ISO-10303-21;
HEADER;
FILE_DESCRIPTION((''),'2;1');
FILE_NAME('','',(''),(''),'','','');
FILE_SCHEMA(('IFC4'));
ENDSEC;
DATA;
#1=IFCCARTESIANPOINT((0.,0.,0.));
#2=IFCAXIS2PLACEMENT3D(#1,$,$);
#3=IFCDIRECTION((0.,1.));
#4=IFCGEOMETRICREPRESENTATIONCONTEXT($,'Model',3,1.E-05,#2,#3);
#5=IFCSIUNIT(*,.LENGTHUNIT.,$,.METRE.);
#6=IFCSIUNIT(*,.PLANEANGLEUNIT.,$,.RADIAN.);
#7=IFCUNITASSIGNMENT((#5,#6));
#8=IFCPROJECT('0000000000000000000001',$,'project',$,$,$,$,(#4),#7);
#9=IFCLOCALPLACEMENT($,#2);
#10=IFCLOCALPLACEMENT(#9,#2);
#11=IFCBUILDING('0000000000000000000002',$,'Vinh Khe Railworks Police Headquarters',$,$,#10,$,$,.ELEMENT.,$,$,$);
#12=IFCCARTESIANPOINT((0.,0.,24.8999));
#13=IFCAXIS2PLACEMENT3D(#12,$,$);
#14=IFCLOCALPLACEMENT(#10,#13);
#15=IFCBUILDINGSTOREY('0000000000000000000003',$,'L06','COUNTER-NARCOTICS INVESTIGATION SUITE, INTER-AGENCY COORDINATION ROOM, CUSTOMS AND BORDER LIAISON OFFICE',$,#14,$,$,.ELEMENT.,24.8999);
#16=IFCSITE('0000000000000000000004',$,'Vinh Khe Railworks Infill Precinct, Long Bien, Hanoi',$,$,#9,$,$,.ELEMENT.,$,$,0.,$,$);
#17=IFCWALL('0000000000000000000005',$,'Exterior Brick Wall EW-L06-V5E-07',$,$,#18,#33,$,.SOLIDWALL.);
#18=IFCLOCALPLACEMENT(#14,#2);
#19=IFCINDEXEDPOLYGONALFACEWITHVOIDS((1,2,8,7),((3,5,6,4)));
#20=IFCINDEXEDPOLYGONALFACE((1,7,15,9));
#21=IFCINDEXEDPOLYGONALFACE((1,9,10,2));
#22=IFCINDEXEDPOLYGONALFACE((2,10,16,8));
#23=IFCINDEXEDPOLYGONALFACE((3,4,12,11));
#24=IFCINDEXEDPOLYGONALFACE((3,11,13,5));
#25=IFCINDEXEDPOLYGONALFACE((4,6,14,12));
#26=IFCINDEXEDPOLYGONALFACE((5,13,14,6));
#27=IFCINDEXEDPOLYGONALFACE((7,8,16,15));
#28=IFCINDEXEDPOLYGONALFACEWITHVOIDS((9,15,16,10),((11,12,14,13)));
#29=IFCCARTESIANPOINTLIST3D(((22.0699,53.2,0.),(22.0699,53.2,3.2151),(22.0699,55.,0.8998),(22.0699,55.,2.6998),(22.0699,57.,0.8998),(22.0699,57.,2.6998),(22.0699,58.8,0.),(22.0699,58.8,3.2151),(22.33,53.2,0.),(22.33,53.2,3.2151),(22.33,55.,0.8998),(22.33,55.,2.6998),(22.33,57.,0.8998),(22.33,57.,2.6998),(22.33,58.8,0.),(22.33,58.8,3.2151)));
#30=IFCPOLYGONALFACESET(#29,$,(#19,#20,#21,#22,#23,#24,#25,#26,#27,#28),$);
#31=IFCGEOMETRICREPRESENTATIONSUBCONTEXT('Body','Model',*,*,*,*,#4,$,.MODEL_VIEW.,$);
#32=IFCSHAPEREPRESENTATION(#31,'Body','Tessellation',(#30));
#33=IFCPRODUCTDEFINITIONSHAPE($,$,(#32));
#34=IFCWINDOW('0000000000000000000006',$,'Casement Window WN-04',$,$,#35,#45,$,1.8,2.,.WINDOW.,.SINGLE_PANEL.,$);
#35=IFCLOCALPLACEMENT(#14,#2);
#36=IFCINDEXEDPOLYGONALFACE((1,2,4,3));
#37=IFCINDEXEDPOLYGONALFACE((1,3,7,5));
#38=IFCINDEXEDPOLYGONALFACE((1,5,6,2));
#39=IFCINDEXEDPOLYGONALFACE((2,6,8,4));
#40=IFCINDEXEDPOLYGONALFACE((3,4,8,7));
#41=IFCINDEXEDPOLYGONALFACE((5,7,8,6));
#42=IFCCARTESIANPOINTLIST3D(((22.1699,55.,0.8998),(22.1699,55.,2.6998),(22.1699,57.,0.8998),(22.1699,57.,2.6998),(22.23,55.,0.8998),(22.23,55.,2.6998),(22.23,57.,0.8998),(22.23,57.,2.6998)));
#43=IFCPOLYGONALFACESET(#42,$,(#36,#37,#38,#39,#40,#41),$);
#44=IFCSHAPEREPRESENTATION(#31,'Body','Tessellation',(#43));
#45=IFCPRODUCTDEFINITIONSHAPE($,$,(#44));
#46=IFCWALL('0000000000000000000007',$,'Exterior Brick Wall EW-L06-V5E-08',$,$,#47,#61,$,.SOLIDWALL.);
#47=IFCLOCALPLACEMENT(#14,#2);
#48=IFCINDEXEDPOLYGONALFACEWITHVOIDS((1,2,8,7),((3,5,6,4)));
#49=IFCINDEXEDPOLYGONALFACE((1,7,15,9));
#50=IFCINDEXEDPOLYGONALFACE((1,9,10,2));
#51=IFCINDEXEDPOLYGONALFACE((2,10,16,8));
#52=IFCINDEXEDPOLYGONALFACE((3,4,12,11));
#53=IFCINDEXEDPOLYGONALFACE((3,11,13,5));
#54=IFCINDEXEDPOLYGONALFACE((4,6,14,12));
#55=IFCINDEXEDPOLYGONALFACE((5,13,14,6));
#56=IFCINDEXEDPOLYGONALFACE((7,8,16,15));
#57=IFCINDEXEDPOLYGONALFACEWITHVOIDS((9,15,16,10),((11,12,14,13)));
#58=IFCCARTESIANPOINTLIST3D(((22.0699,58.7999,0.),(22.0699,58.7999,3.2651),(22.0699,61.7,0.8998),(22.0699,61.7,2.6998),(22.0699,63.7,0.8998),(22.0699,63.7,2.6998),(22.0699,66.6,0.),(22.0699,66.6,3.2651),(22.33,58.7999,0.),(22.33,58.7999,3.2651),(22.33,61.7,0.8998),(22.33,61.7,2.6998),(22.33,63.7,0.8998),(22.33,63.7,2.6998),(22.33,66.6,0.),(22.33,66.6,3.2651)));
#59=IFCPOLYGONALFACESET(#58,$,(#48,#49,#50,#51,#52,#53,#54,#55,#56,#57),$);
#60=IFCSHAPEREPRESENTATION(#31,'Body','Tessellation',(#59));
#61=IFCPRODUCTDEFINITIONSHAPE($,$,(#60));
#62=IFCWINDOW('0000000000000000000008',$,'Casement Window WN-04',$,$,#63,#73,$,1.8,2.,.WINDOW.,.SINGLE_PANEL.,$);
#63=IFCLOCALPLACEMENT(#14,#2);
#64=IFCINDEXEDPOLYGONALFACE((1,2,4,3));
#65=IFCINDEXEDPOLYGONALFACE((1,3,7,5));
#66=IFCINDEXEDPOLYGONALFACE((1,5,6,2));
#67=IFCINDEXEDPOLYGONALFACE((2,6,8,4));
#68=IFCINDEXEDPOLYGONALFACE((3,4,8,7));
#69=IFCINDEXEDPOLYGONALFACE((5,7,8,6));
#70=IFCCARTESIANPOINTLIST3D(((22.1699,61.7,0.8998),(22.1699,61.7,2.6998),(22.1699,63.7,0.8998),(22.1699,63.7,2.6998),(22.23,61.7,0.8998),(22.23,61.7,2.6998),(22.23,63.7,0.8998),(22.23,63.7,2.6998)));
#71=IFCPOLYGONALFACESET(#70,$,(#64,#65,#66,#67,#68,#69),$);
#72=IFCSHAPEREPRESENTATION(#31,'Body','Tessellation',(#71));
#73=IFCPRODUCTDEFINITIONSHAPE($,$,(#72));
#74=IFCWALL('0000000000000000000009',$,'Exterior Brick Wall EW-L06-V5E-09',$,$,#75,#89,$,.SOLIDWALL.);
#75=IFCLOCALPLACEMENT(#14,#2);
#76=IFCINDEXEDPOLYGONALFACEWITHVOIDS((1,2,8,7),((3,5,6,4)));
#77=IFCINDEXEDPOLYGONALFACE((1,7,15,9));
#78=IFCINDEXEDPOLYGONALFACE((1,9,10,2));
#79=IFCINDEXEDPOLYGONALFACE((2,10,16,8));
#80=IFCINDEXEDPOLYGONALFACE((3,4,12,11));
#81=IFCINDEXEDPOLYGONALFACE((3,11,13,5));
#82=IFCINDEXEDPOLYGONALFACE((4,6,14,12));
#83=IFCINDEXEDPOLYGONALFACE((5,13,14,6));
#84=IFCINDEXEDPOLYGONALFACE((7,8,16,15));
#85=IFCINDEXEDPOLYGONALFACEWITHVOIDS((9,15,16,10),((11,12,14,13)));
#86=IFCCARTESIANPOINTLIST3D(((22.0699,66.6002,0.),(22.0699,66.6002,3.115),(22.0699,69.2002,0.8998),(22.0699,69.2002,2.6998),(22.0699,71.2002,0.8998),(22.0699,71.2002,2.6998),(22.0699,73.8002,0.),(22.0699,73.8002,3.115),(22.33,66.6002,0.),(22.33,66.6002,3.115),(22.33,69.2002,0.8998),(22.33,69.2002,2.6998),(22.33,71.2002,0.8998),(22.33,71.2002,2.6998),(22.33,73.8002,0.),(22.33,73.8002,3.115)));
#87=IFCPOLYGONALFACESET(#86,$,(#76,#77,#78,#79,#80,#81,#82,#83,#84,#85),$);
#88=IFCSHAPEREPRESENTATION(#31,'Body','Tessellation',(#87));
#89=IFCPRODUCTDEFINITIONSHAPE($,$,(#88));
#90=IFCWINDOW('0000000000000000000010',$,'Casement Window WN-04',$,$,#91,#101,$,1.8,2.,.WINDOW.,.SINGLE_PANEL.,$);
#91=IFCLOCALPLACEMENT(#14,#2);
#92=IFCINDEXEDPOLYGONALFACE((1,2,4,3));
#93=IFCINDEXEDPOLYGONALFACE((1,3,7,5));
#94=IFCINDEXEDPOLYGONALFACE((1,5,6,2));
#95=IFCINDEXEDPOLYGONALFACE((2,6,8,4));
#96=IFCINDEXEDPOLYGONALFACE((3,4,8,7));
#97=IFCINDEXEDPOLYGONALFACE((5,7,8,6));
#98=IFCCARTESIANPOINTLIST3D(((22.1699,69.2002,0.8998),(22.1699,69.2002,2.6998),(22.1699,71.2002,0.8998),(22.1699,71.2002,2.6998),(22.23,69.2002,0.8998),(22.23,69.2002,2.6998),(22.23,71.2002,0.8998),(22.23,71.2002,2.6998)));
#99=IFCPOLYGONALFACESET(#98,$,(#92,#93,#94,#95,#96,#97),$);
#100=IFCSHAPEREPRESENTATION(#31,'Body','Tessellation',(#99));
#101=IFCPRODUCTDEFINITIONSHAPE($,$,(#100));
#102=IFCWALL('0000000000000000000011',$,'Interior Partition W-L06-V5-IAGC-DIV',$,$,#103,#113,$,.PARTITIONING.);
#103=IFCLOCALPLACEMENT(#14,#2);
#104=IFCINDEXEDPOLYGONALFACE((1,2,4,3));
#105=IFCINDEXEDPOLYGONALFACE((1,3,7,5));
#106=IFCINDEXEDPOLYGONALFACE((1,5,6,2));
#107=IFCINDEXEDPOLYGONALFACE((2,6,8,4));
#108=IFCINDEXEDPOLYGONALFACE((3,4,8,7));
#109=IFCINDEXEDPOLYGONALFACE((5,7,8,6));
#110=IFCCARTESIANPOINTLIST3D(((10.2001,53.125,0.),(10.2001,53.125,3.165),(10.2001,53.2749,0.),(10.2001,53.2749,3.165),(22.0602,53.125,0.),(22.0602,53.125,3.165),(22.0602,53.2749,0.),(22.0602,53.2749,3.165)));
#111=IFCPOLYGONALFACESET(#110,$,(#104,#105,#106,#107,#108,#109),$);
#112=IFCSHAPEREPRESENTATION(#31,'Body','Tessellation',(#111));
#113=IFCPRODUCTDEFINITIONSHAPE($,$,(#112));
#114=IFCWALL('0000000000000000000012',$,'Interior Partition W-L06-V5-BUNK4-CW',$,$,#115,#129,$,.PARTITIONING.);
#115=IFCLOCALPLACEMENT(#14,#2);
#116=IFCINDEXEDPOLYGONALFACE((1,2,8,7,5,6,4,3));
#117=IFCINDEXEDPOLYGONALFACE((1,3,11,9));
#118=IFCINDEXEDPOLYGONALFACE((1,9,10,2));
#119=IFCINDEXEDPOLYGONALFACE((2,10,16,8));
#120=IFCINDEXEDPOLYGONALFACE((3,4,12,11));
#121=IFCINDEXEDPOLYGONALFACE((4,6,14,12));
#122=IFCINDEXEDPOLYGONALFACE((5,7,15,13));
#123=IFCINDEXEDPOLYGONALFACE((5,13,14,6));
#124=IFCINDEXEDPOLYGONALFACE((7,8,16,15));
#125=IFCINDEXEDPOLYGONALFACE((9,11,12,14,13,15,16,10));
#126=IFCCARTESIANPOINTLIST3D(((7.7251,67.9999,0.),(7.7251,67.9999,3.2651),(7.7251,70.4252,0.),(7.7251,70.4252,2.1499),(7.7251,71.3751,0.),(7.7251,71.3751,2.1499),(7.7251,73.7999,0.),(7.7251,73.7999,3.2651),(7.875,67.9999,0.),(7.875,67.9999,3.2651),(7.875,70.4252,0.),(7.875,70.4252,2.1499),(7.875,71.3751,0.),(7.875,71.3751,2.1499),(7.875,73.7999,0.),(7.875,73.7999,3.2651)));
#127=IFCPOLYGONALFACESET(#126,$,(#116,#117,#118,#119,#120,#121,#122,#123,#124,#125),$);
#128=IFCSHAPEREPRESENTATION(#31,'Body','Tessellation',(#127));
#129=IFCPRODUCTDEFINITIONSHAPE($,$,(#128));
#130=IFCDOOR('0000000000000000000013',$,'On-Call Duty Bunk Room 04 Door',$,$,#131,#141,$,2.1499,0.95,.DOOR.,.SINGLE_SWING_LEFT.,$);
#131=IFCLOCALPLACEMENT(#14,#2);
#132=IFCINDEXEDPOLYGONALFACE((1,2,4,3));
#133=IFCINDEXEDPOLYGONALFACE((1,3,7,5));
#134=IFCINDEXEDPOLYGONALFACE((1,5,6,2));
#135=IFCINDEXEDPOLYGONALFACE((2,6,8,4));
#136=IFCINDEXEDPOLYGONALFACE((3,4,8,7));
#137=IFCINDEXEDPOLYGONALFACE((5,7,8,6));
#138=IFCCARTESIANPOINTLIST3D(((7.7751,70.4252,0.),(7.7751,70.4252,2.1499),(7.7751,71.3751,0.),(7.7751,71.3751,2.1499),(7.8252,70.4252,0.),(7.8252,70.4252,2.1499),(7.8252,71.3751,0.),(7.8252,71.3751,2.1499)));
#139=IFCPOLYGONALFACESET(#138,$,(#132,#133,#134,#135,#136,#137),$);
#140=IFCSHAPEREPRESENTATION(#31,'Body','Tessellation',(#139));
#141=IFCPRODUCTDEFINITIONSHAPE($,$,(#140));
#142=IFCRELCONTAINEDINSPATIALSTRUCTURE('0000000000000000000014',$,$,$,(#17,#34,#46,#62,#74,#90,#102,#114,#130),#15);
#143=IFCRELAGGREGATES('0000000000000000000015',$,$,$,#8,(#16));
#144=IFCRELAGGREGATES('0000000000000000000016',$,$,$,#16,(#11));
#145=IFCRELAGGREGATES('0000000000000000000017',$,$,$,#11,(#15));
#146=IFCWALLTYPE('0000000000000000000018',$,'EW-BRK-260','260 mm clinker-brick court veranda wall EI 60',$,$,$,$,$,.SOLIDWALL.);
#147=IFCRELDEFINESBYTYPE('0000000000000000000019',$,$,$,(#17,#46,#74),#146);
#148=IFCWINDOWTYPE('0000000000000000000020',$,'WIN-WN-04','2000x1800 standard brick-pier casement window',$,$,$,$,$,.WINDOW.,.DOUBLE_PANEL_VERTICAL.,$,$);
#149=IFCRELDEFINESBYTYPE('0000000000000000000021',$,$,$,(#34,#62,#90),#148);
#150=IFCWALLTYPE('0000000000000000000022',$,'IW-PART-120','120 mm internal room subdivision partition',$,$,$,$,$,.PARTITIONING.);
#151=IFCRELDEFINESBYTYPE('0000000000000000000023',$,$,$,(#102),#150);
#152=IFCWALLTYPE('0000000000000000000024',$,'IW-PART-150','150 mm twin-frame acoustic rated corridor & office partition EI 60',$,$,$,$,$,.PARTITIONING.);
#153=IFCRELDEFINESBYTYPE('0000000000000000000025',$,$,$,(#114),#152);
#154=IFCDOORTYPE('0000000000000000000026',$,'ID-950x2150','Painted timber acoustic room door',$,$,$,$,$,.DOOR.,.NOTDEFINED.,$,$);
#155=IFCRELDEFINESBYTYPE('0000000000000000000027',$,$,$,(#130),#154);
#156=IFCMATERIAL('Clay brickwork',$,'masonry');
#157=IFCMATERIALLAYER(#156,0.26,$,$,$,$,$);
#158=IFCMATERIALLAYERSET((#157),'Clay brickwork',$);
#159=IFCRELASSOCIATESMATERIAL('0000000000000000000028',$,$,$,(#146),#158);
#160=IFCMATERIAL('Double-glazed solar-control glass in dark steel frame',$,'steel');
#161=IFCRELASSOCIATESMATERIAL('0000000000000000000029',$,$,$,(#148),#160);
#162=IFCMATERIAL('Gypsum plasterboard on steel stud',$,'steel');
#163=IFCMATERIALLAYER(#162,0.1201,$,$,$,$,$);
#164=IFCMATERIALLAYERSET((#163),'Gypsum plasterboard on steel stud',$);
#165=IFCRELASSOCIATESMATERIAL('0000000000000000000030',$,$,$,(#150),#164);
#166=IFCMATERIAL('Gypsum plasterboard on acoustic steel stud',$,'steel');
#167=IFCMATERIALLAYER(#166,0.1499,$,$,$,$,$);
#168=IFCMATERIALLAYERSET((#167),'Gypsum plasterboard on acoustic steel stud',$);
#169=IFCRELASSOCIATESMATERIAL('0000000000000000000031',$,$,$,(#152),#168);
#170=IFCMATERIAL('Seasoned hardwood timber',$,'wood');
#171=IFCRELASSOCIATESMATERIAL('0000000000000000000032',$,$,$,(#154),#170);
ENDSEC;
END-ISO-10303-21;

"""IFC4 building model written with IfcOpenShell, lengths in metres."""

from ifc_helpers import new_model, si_unit, direction, frame, frame_2d, origin, place, context, subcontext, project, spatial, rectangle, extrude, material, layer, layer_set, type_object, element, fill, save


model = new_model("IFC4")

# Units and contexts
model_context = context("Model", 3, precision=1e-05, world=origin(), true_north=direction((0.0, 1.0)))
body_context = subcontext(model_context, "Body", "Model", "MODEL_VIEW")
ifc_project = project(units=[si_unit("LENGTHUNIT", "METRE"), si_unit("PLANEANGLEUNIT", "RADIAN")], contexts=[model_context])

# Site, building, storey
site_placement = place(None, origin())
site = spatial("IfcSite", under=ifc_project, at=site_placement, Name="Vinh Khe Railworks Infill Precinct, Long Bien, Hanoi", CompositionType="ELEMENT", RefElevation=0.0)
building_placement = place(site_placement, origin())
building = spatial("IfcBuilding", under=site, at=building_placement, Name="Vinh Khe Railworks Police Headquarters", CompositionType="ELEMENT")
storey_placement = place(building_placement, frame((0.0, 0.0, 24.8999)))
storey = spatial("IfcBuildingStorey", under=building, at=storey_placement, Name="L06", Description="COUNTER-NARCOTICS INVESTIGATION SUITE, INTER-AGENCY COORDINATION ROOM, CUSTOMS AND BORDER LIAISON OFFICE", CompositionType="ELEMENT", Elevation=24.8999)

# Walls, openings, windows
ifc_material_1 = material(Name="Clay brickwork", Category="masonry")
ifc_layer_1 = layer(ifc_material_1, 0.26)
ifc_layer_set_1 = layer_set([ifc_layer_1], Name="Clay brickwork")
wall_type_1 = type_object("IfcWallType", Name="EW-BRK-260", Description="260 mm clinker-brick court veranda wall EI 60", PredefinedType="SOLIDWALL", material=ifc_layer_set_1)
wall_1_placement = place(storey_placement, frame((22.2, 53.2, 0.0), z_axis=(0.0, 0.0, 1.0), x_axis=(0.0, 1.0, 0.0)))
wall_1 = element("IfcWall", 1, at=wall_1_placement, inside=storey, type_object=wall_type_1, Name="Exterior Brick Wall EW-L06-V5E-07", PredefinedType="SOLIDWALL", context=body_context, shape_type="SweptSolid", body=[
    extrude(rectangle(XDim=5.6001, YDim=0.26, at=frame_2d((2.8, 0.0))), origin(), (0.0, 0.0, 1.0), 3.2151),
])
opening_1_placement = place(wall_1_placement, frame((1.8, 0.0, 0.8999)))
opening_1 = element("IfcOpeningElement", 2, at=opening_1_placement, cuts=wall_1, PredefinedType="OPENING", context=body_context, shape_type="SweptSolid", body=[
    extrude(rectangle(XDim=2.0, YDim=1.8, at=frame_2d((1.0, 0.8999))), frame((0.0, 0.145, 0.0), z_axis=(0.0, -1.0, 0.0), x_axis=(1.0, 0.0, 0.0)), (0.0, 0.0, 1.0), 0.2898),
])
ifc_material_2 = material(Name="Double-glazed solar-control glass in dark steel frame", Category="steel")
window_type_1 = type_object("IfcWindowType", Name="WIN-WN-04", Description="2000x1800 standard brick-pier casement window", PartitioningType="DOUBLE_PANEL_VERTICAL", PredefinedType="WINDOW", material=ifc_material_2)
window_1_placement = place(opening_1_placement, origin())
window_1 = element("IfcWindow", 3, at=window_1_placement, inside=storey, type_object=window_type_1, Name="Casement Window WN-04", OverallHeight=1.8, OverallWidth=2.0, PartitioningType="SINGLE_PANEL", PredefinedType="WINDOW", context=body_context, shape_type="SweptSolid", body=[
    extrude(rectangle(XDim=2.0, YDim=1.8, at=frame_2d((1.0, 0.8999))), frame((0.0, 0.03, 0.0), z_axis=(0.0, -1.0, 0.0), x_axis=(1.0, 0.0, 0.0)), (0.0, 0.0, 1.0), 0.0601),
])
fill(opening_1, window_1)
wall_2_placement = place(storey_placement, frame((22.2, 58.8, 0.0), z_axis=(0.0, 0.0, 1.0), x_axis=(0.0, 1.0, 0.0)))
wall_2 = element("IfcWall", 4, at=wall_2_placement, inside=storey, type_object=wall_type_1, Name="Exterior Brick Wall EW-L06-V5E-08", PredefinedType="SOLIDWALL", context=body_context, shape_type="SweptSolid", body=[
    extrude(rectangle(XDim=7.8, YDim=0.26, at=frame_2d((3.8999, 0.0))), origin(), (0.0, 0.0, 1.0), 3.2651),
])
opening_2_placement = place(wall_2_placement, frame((2.8999, 0.0, 0.8999)))
opening_2 = element("IfcOpeningElement", 5, at=opening_2_placement, cuts=wall_2, PredefinedType="OPENING", context=body_context, shape_type="SweptSolid", body=[
    extrude(rectangle(XDim=2.0, YDim=1.8, at=frame_2d((1.0, 0.8999))), frame((0.0, 0.145, 0.0), z_axis=(0.0, -1.0, 0.0), x_axis=(1.0, 0.0, 0.0)), (0.0, 0.0, 1.0), 0.2898),
])
window_2_placement = place(opening_2_placement, origin())
window_2 = element("IfcWindow", 6, at=window_2_placement, inside=storey, type_object=window_type_1, Name="Casement Window WN-04", OverallHeight=1.8, OverallWidth=2.0, PartitioningType="SINGLE_PANEL", PredefinedType="WINDOW", context=body_context, shape_type="SweptSolid", body=[
    extrude(rectangle(XDim=2.0, YDim=1.8, at=frame_2d((1.0, 0.8999))), frame((0.0, 0.03, 0.0), z_axis=(0.0, -1.0, 0.0), x_axis=(1.0, 0.0, 0.0)), (0.0, 0.0, 1.0), 0.0601),
])
fill(opening_2, window_2)
wall_3_placement = place(storey_placement, frame((22.2, 66.6001, 0.0), z_axis=(0.0, 0.0, 1.0), x_axis=(0.0, 1.0, 0.0)))
wall_3 = element("IfcWall", 7, at=wall_3_placement, inside=storey, type_object=wall_type_1, Name="Exterior Brick Wall EW-L06-V5E-09", PredefinedType="SOLIDWALL", context=body_context, shape_type="SweptSolid", body=[
    extrude(rectangle(XDim=7.2, YDim=0.26, at=frame_2d((3.6001, 0.0))), origin(), (0.0, 0.0, 1.0), 3.115),
])
opening_3_placement = place(wall_3_placement, frame((2.6001, 0.0, 0.8999)))
opening_3 = element("IfcOpeningElement", 8, at=opening_3_placement, cuts=wall_3, PredefinedType="OPENING", context=body_context, shape_type="SweptSolid", body=[
    extrude(rectangle(XDim=2.0, YDim=1.8, at=frame_2d((1.0, 0.8999))), frame((0.0, 0.145, 0.0), z_axis=(0.0, -1.0, 0.0), x_axis=(1.0, 0.0, 0.0)), (0.0, 0.0, 1.0), 0.2898),
])
window_3_placement = place(opening_3_placement, origin())
window_3 = element("IfcWindow", 9, at=window_3_placement, inside=storey, type_object=window_type_1, Name="Casement Window WN-04", OverallHeight=1.8, OverallWidth=2.0, PartitioningType="SINGLE_PANEL", PredefinedType="WINDOW", context=body_context, shape_type="SweptSolid", body=[
    extrude(rectangle(XDim=2.0, YDim=1.8, at=frame_2d((1.0, 0.8999))), frame((0.0, 0.03, 0.0), z_axis=(0.0, -1.0, 0.0), x_axis=(1.0, 0.0, 0.0)), (0.0, 0.0, 1.0), 0.0601),
])
fill(opening_3, window_3)

# Wall
ifc_material_3 = material(Name="Gypsum plasterboard on steel stud", Category="steel")
ifc_layer_2 = layer(ifc_material_3, 0.1201)
ifc_layer_set_2 = layer_set([ifc_layer_2], Name="Gypsum plasterboard on steel stud")
wall_type_2 = type_object("IfcWallType", Name="IW-PART-120", Description="120 mm internal room subdivision partition", PredefinedType="PARTITIONING", material=ifc_layer_set_2)
wall_4_placement = place(storey_placement, frame((10.2, 53.2, 0.0), z_axis=(0.0, 0.0, 1.0), x_axis=(1.0, 0.0, 0.0)))
element("IfcWall", 10, at=wall_4_placement, inside=storey, type_object=wall_type_2, Name="Interior Partition W-L06-V5-IAGC-DIV", PredefinedType="PARTITIONING", context=body_context, shape_type="SweptSolid", body=[
    extrude(rectangle(XDim=11.8601, YDim=0.1499, at=frame_2d((5.9302, 0.0))), origin(), (0.0, 0.0, 1.0), 3.165),
])

# Wall, opening, door
ifc_material_4 = material(Name="Gypsum plasterboard on acoustic steel stud", Category="steel")
ifc_layer_3 = layer(ifc_material_4, 0.1499)
ifc_layer_set_3 = layer_set([ifc_layer_3], Name="Gypsum plasterboard on acoustic steel stud")
wall_type_3 = type_object("IfcWallType", Name="IW-PART-150", Description="150 mm twin-frame acoustic rated corridor & office partition EI 60", PredefinedType="PARTITIONING", material=ifc_layer_set_3)
wall_5_placement = place(storey_placement, frame((7.8, 68.0, 0.0), z_axis=(0.0, 0.0, 1.0), x_axis=(0.0, 1.0, 0.0)))
wall_5 = element("IfcWall", 11, at=wall_5_placement, inside=storey, type_object=wall_type_3, Name="Interior Partition W-L06-V5-BUNK4-CW", PredefinedType="PARTITIONING", context=body_context, shape_type="SweptSolid", body=[
    extrude(rectangle(XDim=5.8, YDim=0.1499, at=frame_2d((2.8999, 0.0))), origin(), (0.0, 0.0, 1.0), 3.2651),
])
opening_4_placement = place(wall_5_placement, frame((2.425, 0.0, 0.0)))
opening_4 = element("IfcOpeningElement", 12, at=opening_4_placement, cuts=wall_5, PredefinedType="OPENING", context=body_context, shape_type="SweptSolid", body=[
    extrude(rectangle(XDim=0.95, YDim=2.1499, at=frame_2d((0.4751, 1.075))), frame((0.0, 0.0898, 0.0), z_axis=(0.0, -1.0, 0.0), x_axis=(1.0, 0.0, 0.0)), (0.0, 0.0, 1.0), 0.1797),
])
ifc_material_5 = material(Name="Seasoned hardwood timber", Category="wood")
door_type_1 = type_object("IfcDoorType", Name="ID-950x2150", Description="Painted timber acoustic room door", OperationType="NOTDEFINED", PredefinedType="DOOR", material=ifc_material_5)
door_1_placement = place(opening_4_placement, origin())
door_1 = element("IfcDoor", 13, at=door_1_placement, inside=storey, type_object=door_type_1, Name="On-Call Duty Bunk Room 04 Door", OperationType="SINGLE_SWING_LEFT", OverallHeight=2.1499, OverallWidth=0.95, PredefinedType="DOOR", context=body_context, shape_type="SweptSolid", body=[
    extrude(rectangle(XDim=0.95, YDim=2.1499, at=frame_2d((0.4751, 1.075))), frame((0.0, 0.0249, 0.0), z_axis=(0.0, -1.0, 0.0), x_axis=(1.0, 0.0, 0.0)), (0.0, 0.0, 1.0), 0.05),
])
fill(opening_4, door_1)

save(model, "model.ifc")
